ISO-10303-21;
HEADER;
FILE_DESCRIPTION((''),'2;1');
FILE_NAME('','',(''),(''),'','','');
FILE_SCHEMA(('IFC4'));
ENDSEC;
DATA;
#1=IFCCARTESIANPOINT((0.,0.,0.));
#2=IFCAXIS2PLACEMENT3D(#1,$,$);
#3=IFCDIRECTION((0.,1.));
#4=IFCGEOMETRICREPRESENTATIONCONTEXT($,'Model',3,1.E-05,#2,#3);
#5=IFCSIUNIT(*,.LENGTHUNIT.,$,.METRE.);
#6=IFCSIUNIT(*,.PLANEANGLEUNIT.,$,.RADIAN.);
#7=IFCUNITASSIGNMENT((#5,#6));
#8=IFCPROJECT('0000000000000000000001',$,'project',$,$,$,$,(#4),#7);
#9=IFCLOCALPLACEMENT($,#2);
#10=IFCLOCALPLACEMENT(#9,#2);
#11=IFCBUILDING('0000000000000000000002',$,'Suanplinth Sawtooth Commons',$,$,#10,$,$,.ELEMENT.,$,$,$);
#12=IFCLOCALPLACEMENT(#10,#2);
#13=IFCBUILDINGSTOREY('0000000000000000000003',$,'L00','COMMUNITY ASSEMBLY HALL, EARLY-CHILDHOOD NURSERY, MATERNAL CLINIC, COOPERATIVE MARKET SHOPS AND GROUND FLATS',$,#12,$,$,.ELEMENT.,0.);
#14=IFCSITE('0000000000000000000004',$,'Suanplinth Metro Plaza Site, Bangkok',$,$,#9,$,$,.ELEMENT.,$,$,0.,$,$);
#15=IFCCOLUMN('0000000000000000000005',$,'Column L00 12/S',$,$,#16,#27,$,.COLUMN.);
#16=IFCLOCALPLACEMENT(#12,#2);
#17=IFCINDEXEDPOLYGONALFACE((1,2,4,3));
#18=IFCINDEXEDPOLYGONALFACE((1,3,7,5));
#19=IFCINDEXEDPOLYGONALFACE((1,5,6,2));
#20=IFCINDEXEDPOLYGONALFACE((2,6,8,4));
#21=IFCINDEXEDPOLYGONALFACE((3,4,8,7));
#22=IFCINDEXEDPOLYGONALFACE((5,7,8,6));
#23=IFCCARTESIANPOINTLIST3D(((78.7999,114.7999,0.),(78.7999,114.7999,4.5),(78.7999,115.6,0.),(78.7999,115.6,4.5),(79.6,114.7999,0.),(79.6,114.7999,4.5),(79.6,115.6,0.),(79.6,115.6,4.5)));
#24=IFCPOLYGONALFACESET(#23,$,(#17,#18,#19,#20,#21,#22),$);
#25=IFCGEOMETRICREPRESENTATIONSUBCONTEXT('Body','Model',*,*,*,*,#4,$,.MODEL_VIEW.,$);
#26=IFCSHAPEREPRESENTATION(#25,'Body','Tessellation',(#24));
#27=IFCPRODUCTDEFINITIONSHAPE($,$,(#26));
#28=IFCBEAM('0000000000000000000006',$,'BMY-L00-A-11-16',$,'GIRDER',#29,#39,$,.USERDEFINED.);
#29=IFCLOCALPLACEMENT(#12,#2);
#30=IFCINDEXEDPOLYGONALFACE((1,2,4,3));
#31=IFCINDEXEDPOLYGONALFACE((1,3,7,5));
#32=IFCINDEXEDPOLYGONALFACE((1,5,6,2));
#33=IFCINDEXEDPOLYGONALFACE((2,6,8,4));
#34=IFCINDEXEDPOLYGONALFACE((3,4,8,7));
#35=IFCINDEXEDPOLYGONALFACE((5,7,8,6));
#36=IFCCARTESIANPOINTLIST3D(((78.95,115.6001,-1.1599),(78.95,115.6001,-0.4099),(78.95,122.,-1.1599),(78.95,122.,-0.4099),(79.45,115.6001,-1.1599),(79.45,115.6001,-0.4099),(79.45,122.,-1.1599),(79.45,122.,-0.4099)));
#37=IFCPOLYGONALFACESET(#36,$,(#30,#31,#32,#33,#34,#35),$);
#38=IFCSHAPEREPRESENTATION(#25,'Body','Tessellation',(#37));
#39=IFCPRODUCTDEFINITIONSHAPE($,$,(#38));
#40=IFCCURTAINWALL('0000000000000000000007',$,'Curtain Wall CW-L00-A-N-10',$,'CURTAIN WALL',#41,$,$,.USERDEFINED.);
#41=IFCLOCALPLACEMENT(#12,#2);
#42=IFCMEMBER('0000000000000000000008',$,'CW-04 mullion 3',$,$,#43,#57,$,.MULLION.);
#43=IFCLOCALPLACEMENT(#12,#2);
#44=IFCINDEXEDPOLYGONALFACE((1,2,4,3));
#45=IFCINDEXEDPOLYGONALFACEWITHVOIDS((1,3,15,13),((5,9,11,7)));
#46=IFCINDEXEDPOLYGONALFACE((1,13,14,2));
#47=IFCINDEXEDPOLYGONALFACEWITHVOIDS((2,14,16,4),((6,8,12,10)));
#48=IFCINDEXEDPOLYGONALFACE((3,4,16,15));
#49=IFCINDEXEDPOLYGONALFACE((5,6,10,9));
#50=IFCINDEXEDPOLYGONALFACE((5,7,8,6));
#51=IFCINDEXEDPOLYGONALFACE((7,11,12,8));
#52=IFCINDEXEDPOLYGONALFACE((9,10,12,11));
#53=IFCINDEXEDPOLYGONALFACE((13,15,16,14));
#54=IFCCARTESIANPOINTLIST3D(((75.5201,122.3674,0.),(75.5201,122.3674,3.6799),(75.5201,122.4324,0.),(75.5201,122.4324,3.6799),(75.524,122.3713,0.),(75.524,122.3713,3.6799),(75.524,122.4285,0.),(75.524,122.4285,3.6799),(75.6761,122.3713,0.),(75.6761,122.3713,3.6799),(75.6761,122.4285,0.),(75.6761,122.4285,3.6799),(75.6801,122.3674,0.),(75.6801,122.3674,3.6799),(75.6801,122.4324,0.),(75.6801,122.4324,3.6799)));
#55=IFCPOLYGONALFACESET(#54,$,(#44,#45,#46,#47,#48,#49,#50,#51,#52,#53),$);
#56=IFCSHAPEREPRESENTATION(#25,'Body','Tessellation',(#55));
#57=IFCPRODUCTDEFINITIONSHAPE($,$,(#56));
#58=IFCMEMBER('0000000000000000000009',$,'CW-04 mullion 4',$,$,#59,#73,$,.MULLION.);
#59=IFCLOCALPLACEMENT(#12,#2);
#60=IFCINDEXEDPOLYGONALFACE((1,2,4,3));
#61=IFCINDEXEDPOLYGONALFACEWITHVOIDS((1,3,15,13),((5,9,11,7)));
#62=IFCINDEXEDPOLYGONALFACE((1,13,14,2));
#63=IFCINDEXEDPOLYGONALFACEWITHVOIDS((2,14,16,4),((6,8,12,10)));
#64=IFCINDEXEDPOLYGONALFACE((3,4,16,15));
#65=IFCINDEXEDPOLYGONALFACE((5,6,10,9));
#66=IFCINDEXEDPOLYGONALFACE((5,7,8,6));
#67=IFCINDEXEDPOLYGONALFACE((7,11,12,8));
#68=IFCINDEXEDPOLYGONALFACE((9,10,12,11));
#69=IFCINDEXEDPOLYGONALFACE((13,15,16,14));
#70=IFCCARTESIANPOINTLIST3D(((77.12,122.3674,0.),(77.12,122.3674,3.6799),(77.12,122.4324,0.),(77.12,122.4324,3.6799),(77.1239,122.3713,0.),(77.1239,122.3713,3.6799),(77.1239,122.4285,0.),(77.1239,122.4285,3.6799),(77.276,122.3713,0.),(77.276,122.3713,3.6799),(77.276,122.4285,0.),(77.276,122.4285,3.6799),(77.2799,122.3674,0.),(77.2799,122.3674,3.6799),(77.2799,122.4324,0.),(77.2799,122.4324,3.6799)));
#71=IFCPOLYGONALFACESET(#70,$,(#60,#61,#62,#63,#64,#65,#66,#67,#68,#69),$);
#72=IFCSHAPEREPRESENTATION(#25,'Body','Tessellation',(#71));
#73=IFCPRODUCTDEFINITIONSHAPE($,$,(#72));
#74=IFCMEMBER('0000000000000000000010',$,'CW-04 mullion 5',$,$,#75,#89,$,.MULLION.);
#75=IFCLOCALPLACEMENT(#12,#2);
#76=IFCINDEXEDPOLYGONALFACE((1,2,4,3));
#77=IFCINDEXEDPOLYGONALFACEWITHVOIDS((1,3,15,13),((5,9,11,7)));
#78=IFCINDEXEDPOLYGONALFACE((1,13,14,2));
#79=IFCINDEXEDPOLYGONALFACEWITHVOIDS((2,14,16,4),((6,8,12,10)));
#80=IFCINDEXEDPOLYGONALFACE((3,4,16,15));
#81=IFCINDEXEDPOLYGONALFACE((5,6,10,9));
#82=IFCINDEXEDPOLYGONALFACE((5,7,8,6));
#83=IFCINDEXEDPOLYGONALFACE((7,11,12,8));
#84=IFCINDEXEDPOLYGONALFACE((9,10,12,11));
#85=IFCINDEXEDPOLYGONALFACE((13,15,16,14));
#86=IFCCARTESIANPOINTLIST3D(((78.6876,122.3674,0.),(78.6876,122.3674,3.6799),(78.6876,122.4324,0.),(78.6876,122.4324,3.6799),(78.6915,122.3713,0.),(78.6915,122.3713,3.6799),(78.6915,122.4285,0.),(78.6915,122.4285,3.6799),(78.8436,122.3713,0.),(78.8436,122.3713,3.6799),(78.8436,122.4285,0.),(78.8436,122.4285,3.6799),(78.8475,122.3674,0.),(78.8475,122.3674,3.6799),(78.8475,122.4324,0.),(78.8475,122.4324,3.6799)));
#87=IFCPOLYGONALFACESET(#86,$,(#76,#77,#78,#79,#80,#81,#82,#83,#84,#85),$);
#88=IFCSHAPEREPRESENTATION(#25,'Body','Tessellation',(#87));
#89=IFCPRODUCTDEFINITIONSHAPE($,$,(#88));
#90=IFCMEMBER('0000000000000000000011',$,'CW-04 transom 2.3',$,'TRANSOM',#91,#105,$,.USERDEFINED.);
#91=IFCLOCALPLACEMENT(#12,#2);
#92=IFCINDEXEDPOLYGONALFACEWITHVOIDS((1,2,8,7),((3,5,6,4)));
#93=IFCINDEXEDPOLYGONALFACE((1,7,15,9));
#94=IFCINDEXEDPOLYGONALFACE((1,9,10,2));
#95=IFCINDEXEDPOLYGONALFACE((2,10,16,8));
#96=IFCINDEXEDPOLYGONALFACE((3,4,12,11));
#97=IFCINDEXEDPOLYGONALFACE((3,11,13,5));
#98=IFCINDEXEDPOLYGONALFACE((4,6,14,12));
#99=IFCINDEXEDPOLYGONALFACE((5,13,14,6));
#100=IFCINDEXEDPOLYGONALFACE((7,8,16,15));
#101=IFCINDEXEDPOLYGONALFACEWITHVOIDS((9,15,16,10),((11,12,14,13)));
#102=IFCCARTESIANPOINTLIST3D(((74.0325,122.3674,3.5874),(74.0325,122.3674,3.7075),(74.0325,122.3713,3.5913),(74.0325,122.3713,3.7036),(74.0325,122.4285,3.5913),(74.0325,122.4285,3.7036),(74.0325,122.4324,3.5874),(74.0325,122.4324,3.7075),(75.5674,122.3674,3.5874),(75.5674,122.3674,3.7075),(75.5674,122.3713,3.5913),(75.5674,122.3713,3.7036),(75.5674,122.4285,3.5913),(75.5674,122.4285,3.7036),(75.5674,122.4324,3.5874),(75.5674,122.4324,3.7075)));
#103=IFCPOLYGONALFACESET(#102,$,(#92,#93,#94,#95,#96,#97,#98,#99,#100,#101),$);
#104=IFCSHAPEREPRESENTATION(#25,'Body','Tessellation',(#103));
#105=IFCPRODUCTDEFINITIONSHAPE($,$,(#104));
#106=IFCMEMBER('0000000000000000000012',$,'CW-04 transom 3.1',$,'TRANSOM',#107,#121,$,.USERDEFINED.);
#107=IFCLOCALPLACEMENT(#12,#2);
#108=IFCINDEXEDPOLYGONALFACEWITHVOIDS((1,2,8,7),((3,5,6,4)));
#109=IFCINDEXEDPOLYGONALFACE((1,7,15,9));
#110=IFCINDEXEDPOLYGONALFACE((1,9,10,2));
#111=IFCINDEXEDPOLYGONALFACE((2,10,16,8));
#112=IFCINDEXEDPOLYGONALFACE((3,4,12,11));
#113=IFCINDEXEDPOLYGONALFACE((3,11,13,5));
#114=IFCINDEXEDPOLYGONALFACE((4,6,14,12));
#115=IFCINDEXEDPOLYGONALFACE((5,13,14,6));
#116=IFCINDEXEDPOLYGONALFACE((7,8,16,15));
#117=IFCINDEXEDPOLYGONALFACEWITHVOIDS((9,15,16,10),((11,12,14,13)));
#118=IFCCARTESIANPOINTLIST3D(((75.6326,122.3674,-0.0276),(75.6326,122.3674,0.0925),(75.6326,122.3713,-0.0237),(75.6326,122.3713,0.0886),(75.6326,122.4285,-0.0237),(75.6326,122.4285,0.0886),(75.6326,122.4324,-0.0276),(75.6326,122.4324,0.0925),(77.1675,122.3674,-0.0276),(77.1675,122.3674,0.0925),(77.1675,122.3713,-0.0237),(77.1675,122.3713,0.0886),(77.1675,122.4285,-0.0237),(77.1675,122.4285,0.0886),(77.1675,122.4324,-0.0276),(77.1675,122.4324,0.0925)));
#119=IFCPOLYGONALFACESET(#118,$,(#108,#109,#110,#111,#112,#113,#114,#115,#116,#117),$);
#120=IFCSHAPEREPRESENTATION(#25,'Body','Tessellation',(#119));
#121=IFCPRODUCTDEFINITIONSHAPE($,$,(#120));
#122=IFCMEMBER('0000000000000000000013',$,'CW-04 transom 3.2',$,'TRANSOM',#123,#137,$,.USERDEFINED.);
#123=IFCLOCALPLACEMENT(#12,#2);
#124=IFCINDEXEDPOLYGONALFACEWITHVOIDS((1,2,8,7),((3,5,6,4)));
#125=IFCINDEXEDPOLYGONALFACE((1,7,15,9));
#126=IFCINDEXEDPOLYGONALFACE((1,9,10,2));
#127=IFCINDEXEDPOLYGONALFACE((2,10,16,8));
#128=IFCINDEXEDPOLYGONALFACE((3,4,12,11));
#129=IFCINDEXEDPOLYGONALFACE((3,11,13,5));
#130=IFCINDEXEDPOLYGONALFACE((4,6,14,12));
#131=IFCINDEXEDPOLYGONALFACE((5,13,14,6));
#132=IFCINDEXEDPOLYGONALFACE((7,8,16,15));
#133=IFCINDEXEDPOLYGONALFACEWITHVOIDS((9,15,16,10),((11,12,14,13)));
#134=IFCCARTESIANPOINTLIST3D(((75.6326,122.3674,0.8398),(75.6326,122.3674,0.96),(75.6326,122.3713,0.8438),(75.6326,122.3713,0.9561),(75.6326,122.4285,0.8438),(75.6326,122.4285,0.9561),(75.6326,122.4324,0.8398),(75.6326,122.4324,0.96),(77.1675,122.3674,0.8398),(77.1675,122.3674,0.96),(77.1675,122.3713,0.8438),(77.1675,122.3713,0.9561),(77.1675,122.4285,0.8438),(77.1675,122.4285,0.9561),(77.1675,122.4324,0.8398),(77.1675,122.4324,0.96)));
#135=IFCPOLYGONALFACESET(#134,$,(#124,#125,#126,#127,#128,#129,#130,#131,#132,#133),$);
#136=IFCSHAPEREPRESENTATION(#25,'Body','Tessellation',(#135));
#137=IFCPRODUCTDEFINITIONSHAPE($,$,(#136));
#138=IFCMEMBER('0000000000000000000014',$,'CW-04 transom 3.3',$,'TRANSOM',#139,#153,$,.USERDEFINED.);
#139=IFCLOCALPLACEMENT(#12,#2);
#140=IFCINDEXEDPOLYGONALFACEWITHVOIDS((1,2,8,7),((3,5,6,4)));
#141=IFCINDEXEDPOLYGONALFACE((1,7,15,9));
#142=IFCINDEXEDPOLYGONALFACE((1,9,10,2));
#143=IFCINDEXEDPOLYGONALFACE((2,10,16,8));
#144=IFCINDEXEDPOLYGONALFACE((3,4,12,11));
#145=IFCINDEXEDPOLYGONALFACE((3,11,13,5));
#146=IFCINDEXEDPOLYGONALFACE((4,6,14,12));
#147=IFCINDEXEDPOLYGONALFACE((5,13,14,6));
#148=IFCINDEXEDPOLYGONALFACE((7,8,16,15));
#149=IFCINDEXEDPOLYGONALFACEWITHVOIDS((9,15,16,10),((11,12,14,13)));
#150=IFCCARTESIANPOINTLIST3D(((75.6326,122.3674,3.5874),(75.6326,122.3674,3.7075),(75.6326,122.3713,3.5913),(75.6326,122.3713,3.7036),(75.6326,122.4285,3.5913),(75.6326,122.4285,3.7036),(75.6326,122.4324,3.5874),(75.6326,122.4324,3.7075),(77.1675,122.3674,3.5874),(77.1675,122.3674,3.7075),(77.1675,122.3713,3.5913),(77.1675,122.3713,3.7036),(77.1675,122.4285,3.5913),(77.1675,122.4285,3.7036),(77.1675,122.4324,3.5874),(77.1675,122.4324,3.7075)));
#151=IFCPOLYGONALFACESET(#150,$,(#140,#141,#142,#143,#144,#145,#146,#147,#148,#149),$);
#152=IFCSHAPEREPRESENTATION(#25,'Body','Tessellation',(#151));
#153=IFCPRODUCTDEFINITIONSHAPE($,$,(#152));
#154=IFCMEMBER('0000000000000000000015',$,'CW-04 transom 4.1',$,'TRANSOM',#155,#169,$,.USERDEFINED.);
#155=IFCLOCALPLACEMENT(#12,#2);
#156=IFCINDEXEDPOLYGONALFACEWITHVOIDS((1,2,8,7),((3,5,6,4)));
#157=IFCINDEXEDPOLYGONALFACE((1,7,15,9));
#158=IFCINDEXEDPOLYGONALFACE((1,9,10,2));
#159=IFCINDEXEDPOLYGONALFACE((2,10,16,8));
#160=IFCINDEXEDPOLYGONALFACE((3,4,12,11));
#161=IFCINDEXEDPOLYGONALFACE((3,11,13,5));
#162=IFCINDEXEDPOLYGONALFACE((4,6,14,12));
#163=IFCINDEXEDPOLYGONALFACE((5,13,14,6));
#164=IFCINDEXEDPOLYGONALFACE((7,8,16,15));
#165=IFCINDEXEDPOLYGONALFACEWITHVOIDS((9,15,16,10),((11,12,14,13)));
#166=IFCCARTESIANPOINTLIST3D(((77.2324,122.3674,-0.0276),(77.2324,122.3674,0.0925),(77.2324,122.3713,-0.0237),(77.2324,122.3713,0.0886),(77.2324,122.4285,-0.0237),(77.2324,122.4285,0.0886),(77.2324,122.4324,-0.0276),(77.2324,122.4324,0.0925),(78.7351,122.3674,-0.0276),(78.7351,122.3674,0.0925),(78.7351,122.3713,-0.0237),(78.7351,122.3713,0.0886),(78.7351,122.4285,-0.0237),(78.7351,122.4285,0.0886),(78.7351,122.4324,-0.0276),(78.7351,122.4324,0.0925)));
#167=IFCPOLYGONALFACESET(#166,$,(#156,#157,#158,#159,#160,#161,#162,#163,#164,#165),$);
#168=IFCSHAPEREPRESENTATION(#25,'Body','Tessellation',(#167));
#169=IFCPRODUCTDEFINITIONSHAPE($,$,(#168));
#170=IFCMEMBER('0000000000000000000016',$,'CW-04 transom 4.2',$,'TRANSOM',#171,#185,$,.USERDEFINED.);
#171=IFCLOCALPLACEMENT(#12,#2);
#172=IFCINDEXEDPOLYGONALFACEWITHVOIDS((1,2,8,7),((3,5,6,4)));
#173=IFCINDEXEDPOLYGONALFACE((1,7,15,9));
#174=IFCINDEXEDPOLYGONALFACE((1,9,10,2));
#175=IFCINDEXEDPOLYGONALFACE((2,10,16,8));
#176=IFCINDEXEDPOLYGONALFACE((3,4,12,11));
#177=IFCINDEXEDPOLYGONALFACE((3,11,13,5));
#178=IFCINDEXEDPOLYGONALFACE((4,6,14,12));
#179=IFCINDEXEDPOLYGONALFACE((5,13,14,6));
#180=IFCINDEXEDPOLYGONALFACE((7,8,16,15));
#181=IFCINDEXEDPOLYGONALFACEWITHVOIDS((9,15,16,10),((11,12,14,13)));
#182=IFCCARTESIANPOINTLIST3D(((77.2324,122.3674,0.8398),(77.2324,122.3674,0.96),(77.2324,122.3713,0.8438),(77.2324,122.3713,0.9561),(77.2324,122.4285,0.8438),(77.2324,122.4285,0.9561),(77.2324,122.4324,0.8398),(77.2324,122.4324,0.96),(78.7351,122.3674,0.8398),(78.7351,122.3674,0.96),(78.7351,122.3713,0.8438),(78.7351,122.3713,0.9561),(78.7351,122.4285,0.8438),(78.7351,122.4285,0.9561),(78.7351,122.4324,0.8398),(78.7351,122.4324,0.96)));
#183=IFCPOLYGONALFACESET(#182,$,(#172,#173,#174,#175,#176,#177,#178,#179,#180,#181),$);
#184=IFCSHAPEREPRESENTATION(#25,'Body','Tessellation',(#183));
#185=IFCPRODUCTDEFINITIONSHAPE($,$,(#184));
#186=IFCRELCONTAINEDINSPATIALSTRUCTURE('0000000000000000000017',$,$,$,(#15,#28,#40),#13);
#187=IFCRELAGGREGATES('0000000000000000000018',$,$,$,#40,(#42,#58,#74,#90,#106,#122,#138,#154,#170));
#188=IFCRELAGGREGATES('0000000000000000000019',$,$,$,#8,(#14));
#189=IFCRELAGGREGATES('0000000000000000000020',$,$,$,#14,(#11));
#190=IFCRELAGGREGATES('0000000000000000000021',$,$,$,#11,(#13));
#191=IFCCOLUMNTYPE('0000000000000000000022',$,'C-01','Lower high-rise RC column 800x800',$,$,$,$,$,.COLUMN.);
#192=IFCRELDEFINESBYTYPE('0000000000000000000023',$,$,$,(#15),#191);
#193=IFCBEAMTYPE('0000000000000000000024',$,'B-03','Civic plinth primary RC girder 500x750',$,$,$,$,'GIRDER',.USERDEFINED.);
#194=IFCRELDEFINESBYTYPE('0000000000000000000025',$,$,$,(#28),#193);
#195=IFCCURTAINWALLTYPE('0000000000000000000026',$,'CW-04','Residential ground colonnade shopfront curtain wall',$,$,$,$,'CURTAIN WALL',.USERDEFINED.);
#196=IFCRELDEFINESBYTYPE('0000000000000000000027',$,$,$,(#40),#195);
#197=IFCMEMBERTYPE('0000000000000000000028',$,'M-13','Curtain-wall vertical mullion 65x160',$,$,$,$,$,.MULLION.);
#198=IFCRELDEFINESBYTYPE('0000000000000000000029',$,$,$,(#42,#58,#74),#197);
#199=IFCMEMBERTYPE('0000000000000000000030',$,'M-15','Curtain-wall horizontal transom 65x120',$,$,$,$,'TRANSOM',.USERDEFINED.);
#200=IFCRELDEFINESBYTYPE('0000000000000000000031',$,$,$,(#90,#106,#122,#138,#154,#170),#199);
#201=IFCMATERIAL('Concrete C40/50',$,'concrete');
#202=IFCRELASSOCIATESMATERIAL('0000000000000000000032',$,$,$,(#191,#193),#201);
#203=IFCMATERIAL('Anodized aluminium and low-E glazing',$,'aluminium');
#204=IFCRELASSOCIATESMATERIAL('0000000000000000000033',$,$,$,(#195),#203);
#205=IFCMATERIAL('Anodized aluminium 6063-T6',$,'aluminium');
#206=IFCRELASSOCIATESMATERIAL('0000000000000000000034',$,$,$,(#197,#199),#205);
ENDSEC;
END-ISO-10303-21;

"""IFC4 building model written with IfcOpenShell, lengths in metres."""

from ifc_helpers import new_model, si_unit, direction, frame, origin, origin_2d, place, context, subcontext, project, spatial, rectangle, hollow_rectangle, extrude, material, material_profile, profile_set, type_object, element, aggregate, save


model = new_model("IFC4")

# Units and contexts
model_context = context("Model", 3, precision=1e-05, world=origin(), true_north=direction((0.0, 1.0)))
body_context = subcontext(model_context, "Body", "Model", "MODEL_VIEW")
ifc_project = project(units=[si_unit("LENGTHUNIT", "METRE"), si_unit("PLANEANGLEUNIT", "RADIAN")], contexts=[model_context])

# Site, building, storey
site_placement = place(None, origin())
site = spatial("IfcSite", under=ifc_project, at=site_placement, Name="Suanplinth Metro Plaza Site, Bangkok", CompositionType="ELEMENT", RefElevation=0.0)
building_placement = place(site_placement, origin())
building = spatial("IfcBuilding", under=site, at=building_placement, Name="Suanplinth Sawtooth Commons", CompositionType="ELEMENT")
storey_placement = place(building_placement, origin())
storey = spatial("IfcBuildingStorey", under=building, at=storey_placement, Name="L00", Description="COMMUNITY ASSEMBLY HALL, EARLY-CHILDHOOD NURSERY, MATERNAL CLINIC, COOPERATIVE MARKET SHOPS AND GROUND FLATS", CompositionType="ELEMENT", Elevation=0.0)

# Column
ifc_material_1 = material(Name="Concrete C40/50", Category="concrete")
ifc_material_profile_1 = material_profile(ifc_material_1, rectangle(XDim=0.8, YDim=0.8, at=origin_2d()), Name="RC-COL 800x800")
ifc_profile_set_1 = profile_set([ifc_material_profile_1], Name="Concrete C40/50")
column_type = type_object("IfcColumnType", Name="C-01", Description="Lower high-rise RC column 800x800", PredefinedType="COLUMN", material=ifc_profile_set_1)
column_placement = place(storey_placement, frame((79.2, 115.2, 0.0), z_axis=(0.0, 0.0, 1.0), x_axis=(1.0, 0.0, 0.0)))
element("IfcColumn", 1, at=column_placement, inside=storey, type_object=column_type, Name="Column L00 12/S", PredefinedType="COLUMN", context=body_context, shape_type="SweptSolid", body=[
    extrude(rectangle(XDim=0.8, YDim=0.8, at=origin_2d()), origin(), (0.0, 0.0, 1.0), 4.5),
])

# Beam
ifc_material_profile_2 = material_profile(ifc_material_1, rectangle(XDim=0.5, YDim=0.75, at=origin_2d()), Name="RC-GDR 500x750")
ifc_profile_set_2 = profile_set([ifc_material_profile_2], Name="Concrete C40/50")
beam_type = type_object("IfcBeamType", Name="B-03", Description="Civic plinth primary RC girder 500x750", ElementType="GIRDER", PredefinedType="USERDEFINED", material=ifc_profile_set_2)
beam_placement = place(storey_placement, frame((79.2, 115.6001, -0.7849), z_axis=(0.0, 1.0, 0.0), x_axis=(-1.0, 0.0, 0.0)))
element("IfcBeam", 2, at=beam_placement, inside=storey, type_object=beam_type, Name="BMY-L00-A-11-16", ObjectType="GIRDER", PredefinedType="USERDEFINED", context=body_context, shape_type="SweptSolid", body=[
    extrude(rectangle(XDim=0.5, YDim=0.75, at=origin_2d()), origin(), (0.0, 0.0, 1.0), 6.3999),
])

# Curtain wall, members
ifc_material_2 = material(Name="Anodized aluminium and low-E glazing", Category="aluminium")
curtain_wall_type = type_object("IfcCurtainWallType", Name="CW-04", Description="Residential ground colonnade shopfront curtain wall", ElementType="CURTAIN WALL", PredefinedType="USERDEFINED", material=ifc_material_2)
curtain_wall_placement = place(storey_placement, origin())
curtain_wall = element("IfcCurtainWall", 3, at=curtain_wall_placement, inside=storey, type_object=curtain_wall_type, Name="Curtain Wall CW-L00-A-N-10", ObjectType="CURTAIN WALL", PredefinedType="USERDEFINED")
ifc_material_3 = material(Name="Anodized aluminium 6063-T6", Category="aluminium")
ifc_material_profile_3 = material_profile(ifc_material_3, hollow_rectangle(XDim=0.0649, YDim=0.1599, WallThickness=0.0039, at=origin_2d()), Name="ALU-MUL 65x160")
ifc_profile_set_3 = profile_set([ifc_material_profile_3], Name="Anodized aluminium 6063-T6")
member_type_1 = type_object("IfcMemberType", Name="M-13", Description="Curtain-wall vertical mullion 65x160", PredefinedType="MULLION", material=ifc_profile_set_3)
member_1_placement = place(storey_placement, frame((75.6001, 122.3999, 0.0), z_axis=(0.0, 0.0, 1.0), x_axis=(0.0, 1.0, 0.0)))
member_1 = element("IfcMember", 4, at=member_1_placement, type_object=member_type_1, Name="CW-04 mullion 3", PredefinedType="MULLION", context=body_context, shape_type="SweptSolid", body=[
    extrude(hollow_rectangle(XDim=0.0649, YDim=0.1599, WallThickness=0.0039, at=origin_2d()), origin(), (0.0, 0.0, 1.0), 3.6799),
])
member_2_placement = place(storey_placement, frame((77.2, 122.3999, 0.0), z_axis=(0.0, 0.0, 1.0), x_axis=(0.0, 1.0, 0.0)))
member_2 = element("IfcMember", 5, at=member_2_placement, type_object=member_type_1, Name="CW-04 mullion 4", PredefinedType="MULLION", context=body_context, shape_type="SweptSolid", body=[
    extrude(hollow_rectangle(XDim=0.0649, YDim=0.1599, WallThickness=0.0039, at=origin_2d()), origin(), (0.0, 0.0, 1.0), 3.6799),
])
member_3_placement = place(storey_placement, frame((78.7676, 122.3999, 0.0), z_axis=(0.0, 0.0, 1.0), x_axis=(0.0, 1.0, 0.0)))
member_3 = element("IfcMember", 6, at=member_3_placement, type_object=member_type_1, Name="CW-04 mullion 5", PredefinedType="MULLION", context=body_context, shape_type="SweptSolid", body=[
    extrude(hollow_rectangle(XDim=0.0649, YDim=0.1599, WallThickness=0.0039, at=origin_2d()), origin(), (0.0, 0.0, 1.0), 3.6799),
])
ifc_material_profile_4 = material_profile(ifc_material_3, hollow_rectangle(XDim=0.0649, YDim=0.1201, WallThickness=0.0039, at=origin_2d()), Name="ALU-TRN 65x120")
ifc_profile_set_4 = profile_set([ifc_material_profile_4], Name="Anodized aluminium 6063-T6")
member_type_2 = type_object("IfcMemberType", Name="M-15", Description="Curtain-wall horizontal transom 65x120", ElementType="TRANSOM", PredefinedType="USERDEFINED", material=ifc_profile_set_4)
member_4_placement = place(storey_placement, frame((74.0325, 122.3999, 3.6475), z_axis=(1.0, 0.0, 0.0), x_axis=(0.0, 1.0, 0.0)))
member_4 = element("IfcMember", 7, at=member_4_placement, type_object=member_type_2, Name="CW-04 transom 2.3", ObjectType="TRANSOM", PredefinedType="USERDEFINED", context=body_context, shape_type="SweptSolid", body=[
    extrude(hollow_rectangle(XDim=0.0649, YDim=0.1201, WallThickness=0.0039, at=origin_2d()), origin(), (0.0, 0.0, 1.0), 1.5349),
])
member_5_placement = place(storey_placement, frame((75.6326, 122.3999, 0.0325), z_axis=(1.0, 0.0, 0.0), x_axis=(0.0, 1.0, 0.0)))
member_5 = element("IfcMember", 8, at=member_5_placement, type_object=member_type_2, Name="CW-04 transom 3.1", ObjectType="TRANSOM", PredefinedType="USERDEFINED", context=body_context, shape_type="SweptSolid", body=[
    extrude(hollow_rectangle(XDim=0.0649, YDim=0.1201, WallThickness=0.0039, at=origin_2d()), origin(), (0.0, 0.0, 1.0), 1.5349),
])
member_6_placement = place(storey_placement, frame((75.6326, 122.3999, 0.8999), z_axis=(1.0, 0.0, 0.0), x_axis=(0.0, 1.0, 0.0)))
member_6 = element("IfcMember", 9, at=member_6_placement, type_object=member_type_2, Name="CW-04 transom 3.2", ObjectType="TRANSOM", PredefinedType="USERDEFINED", context=body_context, shape_type="SweptSolid", body=[
    extrude(hollow_rectangle(XDim=0.0649, YDim=0.1201, WallThickness=0.0039, at=origin_2d()), origin(), (0.0, 0.0, 1.0), 1.5349),
])
member_7_placement = place(storey_placement, frame((75.6326, 122.3999, 3.6475), z_axis=(1.0, 0.0, 0.0), x_axis=(0.0, 1.0, 0.0)))
member_7 = element("IfcMember", 10, at=member_7_placement, type_object=member_type_2, Name="CW-04 transom 3.3", ObjectType="TRANSOM", PredefinedType="USERDEFINED", context=body_context, shape_type="SweptSolid", body=[
    extrude(hollow_rectangle(XDim=0.0649, YDim=0.1201, WallThickness=0.0039, at=origin_2d()), origin(), (0.0, 0.0, 1.0), 1.5349),
])
member_8_placement = place(storey_placement, frame((77.2324, 122.3999, 0.0325), z_axis=(1.0, 0.0, 0.0), x_axis=(0.0, 1.0, 0.0)))
member_8 = element("IfcMember", 11, at=member_8_placement, type_object=member_type_2, Name="CW-04 transom 4.1", ObjectType="TRANSOM", PredefinedType="USERDEFINED", context=body_context, shape_type="SweptSolid", body=[
    extrude(hollow_rectangle(XDim=0.0649, YDim=0.1201, WallThickness=0.0039, at=origin_2d()), origin(), (0.0, 0.0, 1.0), 1.5027),
])
member_9_placement = place(storey_placement, frame((77.2324, 122.3999, 0.8999), z_axis=(1.0, 0.0, 0.0), x_axis=(0.0, 1.0, 0.0)))
member_9 = element("IfcMember", 12, at=member_9_placement, type_object=member_type_2, Name="CW-04 transom 4.2", ObjectType="TRANSOM", PredefinedType="USERDEFINED", context=body_context, shape_type="SweptSolid", body=[
    extrude(hollow_rectangle(XDim=0.0649, YDim=0.1201, WallThickness=0.0039, at=origin_2d()), origin(), (0.0, 0.0, 1.0), 1.5027),
])
aggregate(curtain_wall, [member_1, member_2, member_3, member_4, member_5, member_6, member_7, member_8, member_9])

save(model, "model.ifc")
